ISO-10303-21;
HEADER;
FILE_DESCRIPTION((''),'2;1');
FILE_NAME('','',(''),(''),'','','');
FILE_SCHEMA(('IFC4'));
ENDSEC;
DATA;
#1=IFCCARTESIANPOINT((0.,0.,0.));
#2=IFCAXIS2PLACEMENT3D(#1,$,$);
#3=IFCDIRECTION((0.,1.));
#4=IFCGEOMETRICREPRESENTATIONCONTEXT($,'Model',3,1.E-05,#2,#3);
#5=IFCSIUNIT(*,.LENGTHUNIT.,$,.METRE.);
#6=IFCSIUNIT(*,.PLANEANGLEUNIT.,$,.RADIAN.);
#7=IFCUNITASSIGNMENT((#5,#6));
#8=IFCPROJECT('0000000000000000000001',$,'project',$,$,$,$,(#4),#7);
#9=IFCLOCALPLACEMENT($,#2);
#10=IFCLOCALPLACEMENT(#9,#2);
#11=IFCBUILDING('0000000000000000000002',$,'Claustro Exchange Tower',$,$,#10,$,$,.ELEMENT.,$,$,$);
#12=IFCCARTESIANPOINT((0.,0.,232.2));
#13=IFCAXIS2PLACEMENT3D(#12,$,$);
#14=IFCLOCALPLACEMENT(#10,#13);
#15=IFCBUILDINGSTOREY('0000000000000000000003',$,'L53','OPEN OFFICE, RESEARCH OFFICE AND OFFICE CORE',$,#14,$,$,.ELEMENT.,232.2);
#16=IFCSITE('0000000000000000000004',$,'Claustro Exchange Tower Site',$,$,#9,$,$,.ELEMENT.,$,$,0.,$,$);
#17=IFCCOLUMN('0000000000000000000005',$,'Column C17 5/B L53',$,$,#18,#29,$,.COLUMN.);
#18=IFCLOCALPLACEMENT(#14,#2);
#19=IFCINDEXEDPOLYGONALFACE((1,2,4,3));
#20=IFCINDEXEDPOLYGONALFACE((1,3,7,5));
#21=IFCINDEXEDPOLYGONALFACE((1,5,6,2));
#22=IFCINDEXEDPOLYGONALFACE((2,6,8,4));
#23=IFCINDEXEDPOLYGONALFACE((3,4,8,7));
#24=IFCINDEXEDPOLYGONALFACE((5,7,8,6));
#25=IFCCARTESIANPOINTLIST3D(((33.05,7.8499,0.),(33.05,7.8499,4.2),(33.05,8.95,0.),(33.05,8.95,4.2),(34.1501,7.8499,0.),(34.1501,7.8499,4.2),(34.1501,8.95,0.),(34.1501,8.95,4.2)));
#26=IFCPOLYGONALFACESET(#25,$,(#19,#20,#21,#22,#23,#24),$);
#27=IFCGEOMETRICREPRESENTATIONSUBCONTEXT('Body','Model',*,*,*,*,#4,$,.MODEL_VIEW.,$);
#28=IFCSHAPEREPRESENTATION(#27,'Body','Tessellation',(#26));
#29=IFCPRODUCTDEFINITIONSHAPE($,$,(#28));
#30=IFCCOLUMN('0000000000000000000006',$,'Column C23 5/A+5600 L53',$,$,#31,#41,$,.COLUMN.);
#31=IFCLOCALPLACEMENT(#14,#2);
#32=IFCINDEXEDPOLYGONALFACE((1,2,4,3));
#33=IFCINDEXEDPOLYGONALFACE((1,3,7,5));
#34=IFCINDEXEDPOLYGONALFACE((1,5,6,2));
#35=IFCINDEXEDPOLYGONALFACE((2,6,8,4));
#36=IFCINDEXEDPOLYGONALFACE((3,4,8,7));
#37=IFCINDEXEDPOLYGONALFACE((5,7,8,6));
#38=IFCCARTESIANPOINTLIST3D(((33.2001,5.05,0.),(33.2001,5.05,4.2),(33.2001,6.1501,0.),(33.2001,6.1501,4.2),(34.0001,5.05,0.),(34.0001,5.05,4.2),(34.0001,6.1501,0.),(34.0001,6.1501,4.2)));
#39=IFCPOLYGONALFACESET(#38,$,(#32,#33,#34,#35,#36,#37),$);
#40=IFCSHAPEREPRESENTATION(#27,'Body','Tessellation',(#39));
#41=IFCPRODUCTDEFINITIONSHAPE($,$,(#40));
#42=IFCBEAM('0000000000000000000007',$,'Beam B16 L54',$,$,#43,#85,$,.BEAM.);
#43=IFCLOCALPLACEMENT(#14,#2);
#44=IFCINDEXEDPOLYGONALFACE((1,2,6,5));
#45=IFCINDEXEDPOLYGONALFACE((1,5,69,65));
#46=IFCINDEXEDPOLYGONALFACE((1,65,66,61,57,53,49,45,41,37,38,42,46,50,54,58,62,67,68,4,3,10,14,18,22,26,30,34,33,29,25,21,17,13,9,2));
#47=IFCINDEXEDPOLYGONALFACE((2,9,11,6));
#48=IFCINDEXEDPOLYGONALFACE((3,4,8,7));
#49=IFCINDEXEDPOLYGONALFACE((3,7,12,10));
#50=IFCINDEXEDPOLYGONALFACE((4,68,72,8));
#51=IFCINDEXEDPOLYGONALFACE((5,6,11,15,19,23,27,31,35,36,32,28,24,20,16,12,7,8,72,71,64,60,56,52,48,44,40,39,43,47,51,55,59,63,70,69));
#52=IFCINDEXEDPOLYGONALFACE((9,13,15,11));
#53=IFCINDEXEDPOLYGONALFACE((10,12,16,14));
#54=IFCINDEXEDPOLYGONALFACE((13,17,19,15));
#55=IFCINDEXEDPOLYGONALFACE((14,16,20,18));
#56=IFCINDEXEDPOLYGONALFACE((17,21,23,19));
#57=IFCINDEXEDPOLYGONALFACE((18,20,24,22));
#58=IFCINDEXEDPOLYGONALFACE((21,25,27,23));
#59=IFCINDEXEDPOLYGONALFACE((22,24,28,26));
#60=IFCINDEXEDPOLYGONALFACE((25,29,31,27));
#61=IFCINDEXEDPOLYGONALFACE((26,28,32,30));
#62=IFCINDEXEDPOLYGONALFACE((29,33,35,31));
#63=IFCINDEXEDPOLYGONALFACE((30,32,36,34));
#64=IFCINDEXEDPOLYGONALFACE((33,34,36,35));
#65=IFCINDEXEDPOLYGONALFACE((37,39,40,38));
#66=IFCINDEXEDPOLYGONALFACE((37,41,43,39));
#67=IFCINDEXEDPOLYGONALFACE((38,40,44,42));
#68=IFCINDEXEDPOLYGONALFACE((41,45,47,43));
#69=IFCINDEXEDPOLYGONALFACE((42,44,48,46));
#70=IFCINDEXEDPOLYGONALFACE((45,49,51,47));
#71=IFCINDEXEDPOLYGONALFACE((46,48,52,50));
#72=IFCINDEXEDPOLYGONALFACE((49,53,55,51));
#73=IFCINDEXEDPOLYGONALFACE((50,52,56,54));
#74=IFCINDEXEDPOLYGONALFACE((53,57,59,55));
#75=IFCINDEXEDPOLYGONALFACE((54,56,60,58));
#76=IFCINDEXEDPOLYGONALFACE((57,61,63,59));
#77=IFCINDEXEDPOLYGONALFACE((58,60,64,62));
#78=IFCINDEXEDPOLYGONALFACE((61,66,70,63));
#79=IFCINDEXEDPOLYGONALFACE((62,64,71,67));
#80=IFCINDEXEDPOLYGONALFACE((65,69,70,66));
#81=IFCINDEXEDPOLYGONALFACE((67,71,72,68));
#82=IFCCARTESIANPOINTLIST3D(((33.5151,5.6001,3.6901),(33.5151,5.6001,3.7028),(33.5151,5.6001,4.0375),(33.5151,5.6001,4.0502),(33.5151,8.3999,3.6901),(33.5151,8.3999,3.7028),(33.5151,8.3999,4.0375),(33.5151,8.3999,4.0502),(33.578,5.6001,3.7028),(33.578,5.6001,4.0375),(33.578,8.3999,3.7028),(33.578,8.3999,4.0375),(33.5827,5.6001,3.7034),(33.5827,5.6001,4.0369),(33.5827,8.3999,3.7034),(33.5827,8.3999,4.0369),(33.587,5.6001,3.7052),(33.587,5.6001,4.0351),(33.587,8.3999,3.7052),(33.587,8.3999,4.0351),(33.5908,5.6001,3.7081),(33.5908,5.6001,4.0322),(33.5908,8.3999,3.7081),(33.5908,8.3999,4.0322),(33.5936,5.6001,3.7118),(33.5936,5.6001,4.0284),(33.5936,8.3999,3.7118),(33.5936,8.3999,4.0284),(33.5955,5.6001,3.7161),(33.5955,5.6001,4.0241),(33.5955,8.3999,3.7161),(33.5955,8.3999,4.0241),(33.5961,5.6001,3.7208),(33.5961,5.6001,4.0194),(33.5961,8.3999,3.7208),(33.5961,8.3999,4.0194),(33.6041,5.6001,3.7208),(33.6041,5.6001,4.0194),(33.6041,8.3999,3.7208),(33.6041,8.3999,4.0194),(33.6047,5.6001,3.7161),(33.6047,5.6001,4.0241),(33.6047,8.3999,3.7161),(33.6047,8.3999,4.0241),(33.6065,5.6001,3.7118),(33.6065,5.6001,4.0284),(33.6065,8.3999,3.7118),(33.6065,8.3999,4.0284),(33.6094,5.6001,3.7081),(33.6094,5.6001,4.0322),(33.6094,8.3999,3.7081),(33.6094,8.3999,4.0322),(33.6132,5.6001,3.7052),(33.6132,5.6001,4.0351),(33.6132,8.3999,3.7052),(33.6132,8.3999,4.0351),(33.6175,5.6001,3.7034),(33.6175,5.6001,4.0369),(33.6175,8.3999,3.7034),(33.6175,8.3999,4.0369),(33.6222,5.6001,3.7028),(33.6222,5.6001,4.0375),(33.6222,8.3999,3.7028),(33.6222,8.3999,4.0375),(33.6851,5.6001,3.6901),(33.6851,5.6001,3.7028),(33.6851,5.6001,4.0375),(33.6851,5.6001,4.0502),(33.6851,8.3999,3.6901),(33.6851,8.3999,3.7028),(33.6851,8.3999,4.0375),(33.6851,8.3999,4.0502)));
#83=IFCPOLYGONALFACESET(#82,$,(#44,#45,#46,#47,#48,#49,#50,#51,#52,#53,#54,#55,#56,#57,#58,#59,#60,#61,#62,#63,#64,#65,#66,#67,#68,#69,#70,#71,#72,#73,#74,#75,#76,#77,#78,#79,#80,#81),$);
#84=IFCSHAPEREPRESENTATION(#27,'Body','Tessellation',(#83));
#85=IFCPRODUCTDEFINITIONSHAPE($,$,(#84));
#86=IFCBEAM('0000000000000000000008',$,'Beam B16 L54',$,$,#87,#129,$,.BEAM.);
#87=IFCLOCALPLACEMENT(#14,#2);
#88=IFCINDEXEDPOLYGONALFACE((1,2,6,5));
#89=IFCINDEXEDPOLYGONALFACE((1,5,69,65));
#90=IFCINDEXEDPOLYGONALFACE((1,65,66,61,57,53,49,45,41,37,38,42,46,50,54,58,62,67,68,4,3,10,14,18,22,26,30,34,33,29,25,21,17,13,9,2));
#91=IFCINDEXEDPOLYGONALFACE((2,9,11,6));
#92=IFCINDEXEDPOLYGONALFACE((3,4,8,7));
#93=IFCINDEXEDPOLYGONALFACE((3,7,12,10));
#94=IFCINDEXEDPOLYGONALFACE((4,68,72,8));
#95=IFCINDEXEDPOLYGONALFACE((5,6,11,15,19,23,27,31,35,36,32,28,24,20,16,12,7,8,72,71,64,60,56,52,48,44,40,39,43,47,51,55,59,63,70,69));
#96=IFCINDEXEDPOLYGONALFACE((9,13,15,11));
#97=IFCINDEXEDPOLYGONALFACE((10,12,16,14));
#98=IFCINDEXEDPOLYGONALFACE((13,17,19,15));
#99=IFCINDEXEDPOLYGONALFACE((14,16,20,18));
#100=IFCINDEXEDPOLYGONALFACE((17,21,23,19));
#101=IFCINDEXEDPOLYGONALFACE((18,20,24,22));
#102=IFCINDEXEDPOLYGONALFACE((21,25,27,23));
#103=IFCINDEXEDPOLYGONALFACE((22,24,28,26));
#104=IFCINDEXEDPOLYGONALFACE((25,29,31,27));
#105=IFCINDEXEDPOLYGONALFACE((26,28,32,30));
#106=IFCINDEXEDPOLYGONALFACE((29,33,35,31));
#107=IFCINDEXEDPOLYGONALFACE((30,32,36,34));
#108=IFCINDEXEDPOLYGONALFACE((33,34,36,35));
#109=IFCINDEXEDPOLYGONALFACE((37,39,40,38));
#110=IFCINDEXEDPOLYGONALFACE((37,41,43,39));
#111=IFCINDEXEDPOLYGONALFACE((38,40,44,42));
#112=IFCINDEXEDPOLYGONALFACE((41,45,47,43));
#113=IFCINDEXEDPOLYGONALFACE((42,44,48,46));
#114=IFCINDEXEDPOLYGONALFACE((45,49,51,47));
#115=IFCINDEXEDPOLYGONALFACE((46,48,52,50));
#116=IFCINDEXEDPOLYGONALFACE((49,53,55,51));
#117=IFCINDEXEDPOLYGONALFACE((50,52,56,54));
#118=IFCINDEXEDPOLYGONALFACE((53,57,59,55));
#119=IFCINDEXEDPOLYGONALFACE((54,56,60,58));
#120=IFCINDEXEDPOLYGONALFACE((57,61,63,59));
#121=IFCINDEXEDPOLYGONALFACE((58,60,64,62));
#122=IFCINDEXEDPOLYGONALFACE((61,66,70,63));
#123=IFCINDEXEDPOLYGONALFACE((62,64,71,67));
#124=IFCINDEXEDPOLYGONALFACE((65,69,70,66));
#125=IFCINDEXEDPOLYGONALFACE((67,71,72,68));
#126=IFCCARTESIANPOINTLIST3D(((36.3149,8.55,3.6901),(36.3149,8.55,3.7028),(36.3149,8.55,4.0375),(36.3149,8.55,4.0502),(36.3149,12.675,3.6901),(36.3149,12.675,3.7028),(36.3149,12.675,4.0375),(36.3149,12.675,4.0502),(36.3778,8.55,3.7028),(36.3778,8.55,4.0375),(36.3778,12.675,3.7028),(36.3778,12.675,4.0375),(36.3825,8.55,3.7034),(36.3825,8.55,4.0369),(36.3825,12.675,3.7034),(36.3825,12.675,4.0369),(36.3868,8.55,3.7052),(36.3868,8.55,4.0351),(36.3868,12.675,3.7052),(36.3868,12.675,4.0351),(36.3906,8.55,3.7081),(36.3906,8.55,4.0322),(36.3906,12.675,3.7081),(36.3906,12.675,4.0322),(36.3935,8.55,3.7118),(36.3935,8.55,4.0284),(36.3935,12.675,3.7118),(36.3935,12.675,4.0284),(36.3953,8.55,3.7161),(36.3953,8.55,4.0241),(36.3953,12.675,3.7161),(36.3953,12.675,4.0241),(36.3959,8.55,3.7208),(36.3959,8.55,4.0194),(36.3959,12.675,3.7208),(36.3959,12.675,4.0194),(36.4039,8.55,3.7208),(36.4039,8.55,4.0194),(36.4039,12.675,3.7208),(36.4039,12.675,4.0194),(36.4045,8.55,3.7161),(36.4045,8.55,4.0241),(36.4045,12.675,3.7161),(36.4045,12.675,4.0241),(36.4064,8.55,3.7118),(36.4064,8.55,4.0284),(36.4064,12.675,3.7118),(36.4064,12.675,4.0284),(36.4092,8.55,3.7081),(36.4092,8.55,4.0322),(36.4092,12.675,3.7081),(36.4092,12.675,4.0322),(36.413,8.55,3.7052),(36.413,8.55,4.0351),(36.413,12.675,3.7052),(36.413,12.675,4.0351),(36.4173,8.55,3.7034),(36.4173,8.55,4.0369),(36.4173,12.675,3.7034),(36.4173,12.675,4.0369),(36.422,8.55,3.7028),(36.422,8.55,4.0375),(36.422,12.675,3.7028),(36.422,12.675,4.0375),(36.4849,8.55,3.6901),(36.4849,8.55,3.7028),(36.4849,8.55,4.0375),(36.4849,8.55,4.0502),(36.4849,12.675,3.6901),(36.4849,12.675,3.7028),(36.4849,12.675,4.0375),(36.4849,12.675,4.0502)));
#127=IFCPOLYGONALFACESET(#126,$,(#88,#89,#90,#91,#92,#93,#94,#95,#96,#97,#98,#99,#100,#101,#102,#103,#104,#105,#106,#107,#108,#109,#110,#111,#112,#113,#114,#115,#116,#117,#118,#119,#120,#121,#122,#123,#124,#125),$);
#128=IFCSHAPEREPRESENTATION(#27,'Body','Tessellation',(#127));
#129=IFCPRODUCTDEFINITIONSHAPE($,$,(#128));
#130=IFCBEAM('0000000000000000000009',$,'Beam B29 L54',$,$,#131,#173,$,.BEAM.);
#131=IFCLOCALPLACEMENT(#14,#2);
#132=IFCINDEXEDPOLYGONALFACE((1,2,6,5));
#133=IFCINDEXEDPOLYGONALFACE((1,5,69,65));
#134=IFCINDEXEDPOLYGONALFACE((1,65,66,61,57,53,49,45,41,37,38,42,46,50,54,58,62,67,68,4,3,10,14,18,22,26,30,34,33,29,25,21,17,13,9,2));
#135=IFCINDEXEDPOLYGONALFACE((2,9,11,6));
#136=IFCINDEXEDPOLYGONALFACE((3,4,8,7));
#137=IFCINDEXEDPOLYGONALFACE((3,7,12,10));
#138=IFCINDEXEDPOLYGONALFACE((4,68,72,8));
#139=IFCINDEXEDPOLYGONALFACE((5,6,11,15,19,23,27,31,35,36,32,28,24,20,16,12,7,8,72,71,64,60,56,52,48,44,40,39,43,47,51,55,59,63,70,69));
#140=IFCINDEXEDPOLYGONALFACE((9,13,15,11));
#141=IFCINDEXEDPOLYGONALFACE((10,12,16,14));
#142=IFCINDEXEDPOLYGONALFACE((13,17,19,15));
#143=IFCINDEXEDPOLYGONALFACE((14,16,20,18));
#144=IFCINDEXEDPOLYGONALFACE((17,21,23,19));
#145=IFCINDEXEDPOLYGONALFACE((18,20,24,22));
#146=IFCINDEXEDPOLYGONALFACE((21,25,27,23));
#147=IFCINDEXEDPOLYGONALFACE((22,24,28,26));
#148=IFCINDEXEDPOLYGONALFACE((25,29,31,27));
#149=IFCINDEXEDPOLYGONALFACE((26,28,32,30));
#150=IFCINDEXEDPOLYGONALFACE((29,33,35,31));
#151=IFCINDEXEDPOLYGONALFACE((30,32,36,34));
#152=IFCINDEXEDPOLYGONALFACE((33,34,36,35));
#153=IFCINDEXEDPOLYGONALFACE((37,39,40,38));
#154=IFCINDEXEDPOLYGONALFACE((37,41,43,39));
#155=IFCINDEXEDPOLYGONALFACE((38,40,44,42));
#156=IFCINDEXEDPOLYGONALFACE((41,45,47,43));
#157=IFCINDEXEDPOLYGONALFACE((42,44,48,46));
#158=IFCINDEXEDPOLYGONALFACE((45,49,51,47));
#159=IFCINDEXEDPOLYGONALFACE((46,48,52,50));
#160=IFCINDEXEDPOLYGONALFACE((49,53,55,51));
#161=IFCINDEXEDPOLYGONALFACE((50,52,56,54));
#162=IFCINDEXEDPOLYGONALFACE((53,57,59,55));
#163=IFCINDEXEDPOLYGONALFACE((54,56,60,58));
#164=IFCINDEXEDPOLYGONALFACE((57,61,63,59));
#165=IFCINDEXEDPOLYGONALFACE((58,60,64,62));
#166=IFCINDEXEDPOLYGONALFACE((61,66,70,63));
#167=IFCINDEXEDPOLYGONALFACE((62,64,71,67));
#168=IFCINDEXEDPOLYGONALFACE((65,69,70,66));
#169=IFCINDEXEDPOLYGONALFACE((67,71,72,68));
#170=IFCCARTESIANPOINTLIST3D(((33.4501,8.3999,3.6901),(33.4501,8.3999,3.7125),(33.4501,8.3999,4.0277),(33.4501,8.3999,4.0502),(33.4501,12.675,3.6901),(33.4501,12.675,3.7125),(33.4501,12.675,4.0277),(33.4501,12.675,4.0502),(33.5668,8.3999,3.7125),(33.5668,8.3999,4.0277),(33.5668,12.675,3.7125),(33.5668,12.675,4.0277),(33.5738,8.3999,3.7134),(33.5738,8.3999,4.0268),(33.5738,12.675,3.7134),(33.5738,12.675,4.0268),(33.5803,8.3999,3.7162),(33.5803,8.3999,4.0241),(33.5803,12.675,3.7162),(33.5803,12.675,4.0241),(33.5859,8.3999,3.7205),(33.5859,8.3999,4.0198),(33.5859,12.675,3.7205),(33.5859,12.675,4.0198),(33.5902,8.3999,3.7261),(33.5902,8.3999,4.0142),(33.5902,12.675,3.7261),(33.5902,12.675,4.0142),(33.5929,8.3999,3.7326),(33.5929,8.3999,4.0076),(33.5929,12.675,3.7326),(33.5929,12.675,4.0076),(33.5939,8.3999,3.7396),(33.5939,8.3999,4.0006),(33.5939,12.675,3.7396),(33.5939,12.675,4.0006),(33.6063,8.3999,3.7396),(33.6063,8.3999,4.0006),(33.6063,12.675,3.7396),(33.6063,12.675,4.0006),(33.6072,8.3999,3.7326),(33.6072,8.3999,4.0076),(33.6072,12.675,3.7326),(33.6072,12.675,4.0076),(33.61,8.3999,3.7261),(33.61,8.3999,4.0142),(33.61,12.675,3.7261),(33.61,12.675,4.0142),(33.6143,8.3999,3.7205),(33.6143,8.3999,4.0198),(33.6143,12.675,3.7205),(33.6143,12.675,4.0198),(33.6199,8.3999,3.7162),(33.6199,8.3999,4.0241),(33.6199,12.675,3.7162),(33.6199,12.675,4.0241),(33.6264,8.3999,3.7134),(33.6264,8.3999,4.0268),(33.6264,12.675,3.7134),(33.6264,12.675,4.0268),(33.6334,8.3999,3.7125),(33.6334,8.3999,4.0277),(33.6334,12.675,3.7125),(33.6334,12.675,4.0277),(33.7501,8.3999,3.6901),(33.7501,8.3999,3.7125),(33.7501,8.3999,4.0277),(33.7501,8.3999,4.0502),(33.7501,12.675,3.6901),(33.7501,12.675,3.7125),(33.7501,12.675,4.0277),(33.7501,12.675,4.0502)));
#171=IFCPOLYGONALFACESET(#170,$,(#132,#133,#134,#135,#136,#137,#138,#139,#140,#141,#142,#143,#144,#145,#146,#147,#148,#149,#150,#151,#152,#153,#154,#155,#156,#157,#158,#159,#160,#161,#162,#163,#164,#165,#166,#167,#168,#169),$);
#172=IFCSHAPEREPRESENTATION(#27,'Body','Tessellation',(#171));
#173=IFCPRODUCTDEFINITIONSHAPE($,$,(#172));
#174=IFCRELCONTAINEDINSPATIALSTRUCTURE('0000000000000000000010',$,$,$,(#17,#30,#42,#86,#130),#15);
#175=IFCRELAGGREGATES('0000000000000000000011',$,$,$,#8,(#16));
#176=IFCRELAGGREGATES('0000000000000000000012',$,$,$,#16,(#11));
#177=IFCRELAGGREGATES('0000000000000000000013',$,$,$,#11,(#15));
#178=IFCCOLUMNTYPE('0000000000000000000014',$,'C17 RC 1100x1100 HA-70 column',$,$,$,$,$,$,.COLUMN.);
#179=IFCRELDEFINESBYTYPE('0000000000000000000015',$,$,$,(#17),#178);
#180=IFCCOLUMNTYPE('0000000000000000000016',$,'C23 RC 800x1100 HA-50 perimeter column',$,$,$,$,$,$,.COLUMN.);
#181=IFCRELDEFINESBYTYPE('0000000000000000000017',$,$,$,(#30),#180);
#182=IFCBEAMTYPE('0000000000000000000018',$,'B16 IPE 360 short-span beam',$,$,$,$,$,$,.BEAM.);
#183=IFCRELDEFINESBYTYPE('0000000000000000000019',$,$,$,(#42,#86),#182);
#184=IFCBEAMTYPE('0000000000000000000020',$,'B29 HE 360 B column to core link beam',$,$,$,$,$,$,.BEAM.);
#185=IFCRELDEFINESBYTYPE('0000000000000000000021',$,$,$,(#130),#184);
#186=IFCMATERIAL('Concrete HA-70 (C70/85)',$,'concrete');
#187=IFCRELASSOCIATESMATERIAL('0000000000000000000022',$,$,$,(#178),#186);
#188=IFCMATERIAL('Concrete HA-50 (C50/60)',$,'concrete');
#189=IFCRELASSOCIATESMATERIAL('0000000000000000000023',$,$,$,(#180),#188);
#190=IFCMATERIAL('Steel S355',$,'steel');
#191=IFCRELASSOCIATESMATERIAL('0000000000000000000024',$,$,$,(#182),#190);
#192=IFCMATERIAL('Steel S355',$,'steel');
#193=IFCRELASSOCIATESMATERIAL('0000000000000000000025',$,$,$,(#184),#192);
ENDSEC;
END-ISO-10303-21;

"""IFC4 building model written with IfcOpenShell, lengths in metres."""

from ifc_helpers import new_model, si_unit, direction, frame, origin, origin_2d, place, context, subcontext, project, spatial, rectangle, i_section, extrude, material, material_profile, profile_set, type_object, element, save


model = new_model("IFC4")

# Units and contexts
model_context = context("Model", 3, precision=1e-05, world=origin(), true_north=direction((0.0, 1.0)))
body_context = subcontext(model_context, "Body", "Model", "MODEL_VIEW")
ifc_project = project(units=[si_unit("LENGTHUNIT", "METRE"), si_unit("PLANEANGLEUNIT", "RADIAN")], contexts=[model_context])

# Site, building, storey
site_placement = place(None, origin())
site = spatial("IfcSite", under=ifc_project, at=site_placement, Name="Claustro Exchange Tower Site", CompositionType="ELEMENT", RefElevation=0.0)
building_placement = place(site_placement, origin())
building = spatial("IfcBuilding", under=site, at=building_placement, Name="Claustro Exchange Tower", CompositionType="ELEMENT")
storey_placement = place(building_placement, frame((0.0, 0.0, 232.2)))
storey = spatial("IfcBuildingStorey", under=building, at=storey_placement, Name="L53", Description="OPEN OFFICE, RESEARCH OFFICE AND OFFICE CORE", CompositionType="ELEMENT", Elevation=232.2)

# Columns
ifc_material_1 = material(Name="Concrete HA-70 (C70/85)", Category="concrete")
ifc_material_profile_1 = material_profile(ifc_material_1, rectangle(XDim=1.1001, YDim=1.1001, at=origin_2d()), Name="RC 1100x1100")
ifc_profile_set_1 = profile_set([ifc_material_profile_1], Name="Concrete HA-70 (C70/85)")
column_type_1 = type_object("IfcColumnType", Name="C17 RC 1100x1100 HA-70 column", PredefinedType="COLUMN", material=ifc_profile_set_1)
column_1_placement = place(storey_placement, frame((33.6001, 8.3999, 0.0), z_axis=(0.0, 0.0, 1.0), x_axis=(1.0, 0.0, 0.0)))
element("IfcColumn", 1, at=column_1_placement, inside=storey, type_object=column_type_1, Name="Column C17 5/B L53", PredefinedType="COLUMN", context=body_context, shape_type="SweptSolid", body=[
    extrude(rectangle(XDim=1.1001, YDim=1.1001, at=origin_2d()), origin(), (0.0, 0.0, 1.0), 4.2),
])
ifc_material_2 = material(Name="Concrete HA-50 (C50/60)", Category="concrete")
ifc_material_profile_2 = material_profile(ifc_material_2, rectangle(XDim=0.8, YDim=1.1001, at=origin_2d()), Name="RC 800x1100")
ifc_profile_set_2 = profile_set([ifc_material_profile_2], Name="Concrete HA-50 (C50/60)")
column_type_2 = type_object("IfcColumnType", Name="C23 RC 800x1100 HA-50 perimeter column", PredefinedType="COLUMN", material=ifc_profile_set_2)
column_2_placement = place(storey_placement, frame((33.6001, 5.6001, 0.0), z_axis=(0.0, 0.0, 1.0), x_axis=(1.0, 0.0, 0.0)))
element("IfcColumn", 2, at=column_2_placement, inside=storey, type_object=column_type_2, Name="Column C23 5/A+5600 L53", PredefinedType="COLUMN", context=body_context, shape_type="SweptSolid", body=[
    extrude(rectangle(XDim=0.8, YDim=1.1001, at=origin_2d()), origin(), (0.0, 0.0, 1.0), 4.2),
])

# Beams
ifc_material_3 = material(Name="Steel S355", Category="steel")
ifc_material_profile_3 = material_profile(ifc_material_3, i_section(OverallWidth=0.1699, OverallDepth=0.3601, WebThickness=0.0081, FlangeThickness=0.0127, FilletRadius=0.0181, at=origin_2d()), Name="IPE 360")
ifc_profile_set_3 = profile_set([ifc_material_profile_3], Name="Steel S355")
beam_type_1 = type_object("IfcBeamType", Name="B16 IPE 360 short-span beam", PredefinedType="BEAM", material=ifc_profile_set_3)
beam_1_placement = place(storey_placement, frame((33.6001, 5.6001, 3.8701), z_axis=(0.0, 1.0, 0.0), x_axis=(-1.0, 0.0, 0.0)))
element("IfcBeam", 3, at=beam_1_placement, inside=storey, type_object=beam_type_1, Name="Beam B16 L54", PredefinedType="BEAM", context=body_context, shape_type="SweptSolid", body=[
    extrude(i_section(OverallWidth=0.1699, OverallDepth=0.3601, WebThickness=0.0081, FlangeThickness=0.0127, FilletRadius=0.0181, at=origin_2d()), origin(), (0.0, 0.0, 1.0), 2.7998),
])
beam_2_placement = place(storey_placement, frame((36.3999, 8.55, 3.8701), z_axis=(0.0, 1.0, 0.0), x_axis=(-1.0, 0.0, 0.0)))
element("IfcBeam", 4, at=beam_2_placement, inside=storey, type_object=beam_type_1, Name="Beam B16 L54", PredefinedType="BEAM", context=body_context, shape_type="SweptSolid", body=[
    extrude(i_section(OverallWidth=0.1699, OverallDepth=0.3601, WebThickness=0.0081, FlangeThickness=0.0127, FilletRadius=0.0181, at=origin_2d()), origin(), (0.0, 0.0, 1.0), 4.125),
])
ifc_material_4 = material(Name="Steel S355", Category="steel")
ifc_material_profile_4 = material_profile(ifc_material_4, i_section(OverallWidth=0.3, OverallDepth=0.3601, WebThickness=0.0125, FlangeThickness=0.0225, FilletRadius=0.0271, at=origin_2d()), Name="HE 360 B")
ifc_profile_set_4 = profile_set([ifc_material_profile_4], Name="Steel S355")
beam_type_2 = type_object("IfcBeamType", Name="B29 HE 360 B column to core link beam", PredefinedType="BEAM", material=ifc_profile_set_4)
beam_3_placement = place(storey_placement, frame((33.6001, 8.3999, 3.8701), z_axis=(0.0, 1.0, 0.0), x_axis=(-1.0, 0.0, 0.0)))
element("IfcBeam", 5, at=beam_3_placement, inside=storey, type_object=beam_type_2, Name="Beam B29 L54", PredefinedType="BEAM", context=body_context, shape_type="SweptSolid", body=[
    extrude(i_section(OverallWidth=0.3, OverallDepth=0.3601, WebThickness=0.0125, FlangeThickness=0.0225, FilletRadius=0.0271, at=origin_2d()), origin(), (0.0, 0.0, 1.0), 4.2751),
])

save(model, "model.ifc")
